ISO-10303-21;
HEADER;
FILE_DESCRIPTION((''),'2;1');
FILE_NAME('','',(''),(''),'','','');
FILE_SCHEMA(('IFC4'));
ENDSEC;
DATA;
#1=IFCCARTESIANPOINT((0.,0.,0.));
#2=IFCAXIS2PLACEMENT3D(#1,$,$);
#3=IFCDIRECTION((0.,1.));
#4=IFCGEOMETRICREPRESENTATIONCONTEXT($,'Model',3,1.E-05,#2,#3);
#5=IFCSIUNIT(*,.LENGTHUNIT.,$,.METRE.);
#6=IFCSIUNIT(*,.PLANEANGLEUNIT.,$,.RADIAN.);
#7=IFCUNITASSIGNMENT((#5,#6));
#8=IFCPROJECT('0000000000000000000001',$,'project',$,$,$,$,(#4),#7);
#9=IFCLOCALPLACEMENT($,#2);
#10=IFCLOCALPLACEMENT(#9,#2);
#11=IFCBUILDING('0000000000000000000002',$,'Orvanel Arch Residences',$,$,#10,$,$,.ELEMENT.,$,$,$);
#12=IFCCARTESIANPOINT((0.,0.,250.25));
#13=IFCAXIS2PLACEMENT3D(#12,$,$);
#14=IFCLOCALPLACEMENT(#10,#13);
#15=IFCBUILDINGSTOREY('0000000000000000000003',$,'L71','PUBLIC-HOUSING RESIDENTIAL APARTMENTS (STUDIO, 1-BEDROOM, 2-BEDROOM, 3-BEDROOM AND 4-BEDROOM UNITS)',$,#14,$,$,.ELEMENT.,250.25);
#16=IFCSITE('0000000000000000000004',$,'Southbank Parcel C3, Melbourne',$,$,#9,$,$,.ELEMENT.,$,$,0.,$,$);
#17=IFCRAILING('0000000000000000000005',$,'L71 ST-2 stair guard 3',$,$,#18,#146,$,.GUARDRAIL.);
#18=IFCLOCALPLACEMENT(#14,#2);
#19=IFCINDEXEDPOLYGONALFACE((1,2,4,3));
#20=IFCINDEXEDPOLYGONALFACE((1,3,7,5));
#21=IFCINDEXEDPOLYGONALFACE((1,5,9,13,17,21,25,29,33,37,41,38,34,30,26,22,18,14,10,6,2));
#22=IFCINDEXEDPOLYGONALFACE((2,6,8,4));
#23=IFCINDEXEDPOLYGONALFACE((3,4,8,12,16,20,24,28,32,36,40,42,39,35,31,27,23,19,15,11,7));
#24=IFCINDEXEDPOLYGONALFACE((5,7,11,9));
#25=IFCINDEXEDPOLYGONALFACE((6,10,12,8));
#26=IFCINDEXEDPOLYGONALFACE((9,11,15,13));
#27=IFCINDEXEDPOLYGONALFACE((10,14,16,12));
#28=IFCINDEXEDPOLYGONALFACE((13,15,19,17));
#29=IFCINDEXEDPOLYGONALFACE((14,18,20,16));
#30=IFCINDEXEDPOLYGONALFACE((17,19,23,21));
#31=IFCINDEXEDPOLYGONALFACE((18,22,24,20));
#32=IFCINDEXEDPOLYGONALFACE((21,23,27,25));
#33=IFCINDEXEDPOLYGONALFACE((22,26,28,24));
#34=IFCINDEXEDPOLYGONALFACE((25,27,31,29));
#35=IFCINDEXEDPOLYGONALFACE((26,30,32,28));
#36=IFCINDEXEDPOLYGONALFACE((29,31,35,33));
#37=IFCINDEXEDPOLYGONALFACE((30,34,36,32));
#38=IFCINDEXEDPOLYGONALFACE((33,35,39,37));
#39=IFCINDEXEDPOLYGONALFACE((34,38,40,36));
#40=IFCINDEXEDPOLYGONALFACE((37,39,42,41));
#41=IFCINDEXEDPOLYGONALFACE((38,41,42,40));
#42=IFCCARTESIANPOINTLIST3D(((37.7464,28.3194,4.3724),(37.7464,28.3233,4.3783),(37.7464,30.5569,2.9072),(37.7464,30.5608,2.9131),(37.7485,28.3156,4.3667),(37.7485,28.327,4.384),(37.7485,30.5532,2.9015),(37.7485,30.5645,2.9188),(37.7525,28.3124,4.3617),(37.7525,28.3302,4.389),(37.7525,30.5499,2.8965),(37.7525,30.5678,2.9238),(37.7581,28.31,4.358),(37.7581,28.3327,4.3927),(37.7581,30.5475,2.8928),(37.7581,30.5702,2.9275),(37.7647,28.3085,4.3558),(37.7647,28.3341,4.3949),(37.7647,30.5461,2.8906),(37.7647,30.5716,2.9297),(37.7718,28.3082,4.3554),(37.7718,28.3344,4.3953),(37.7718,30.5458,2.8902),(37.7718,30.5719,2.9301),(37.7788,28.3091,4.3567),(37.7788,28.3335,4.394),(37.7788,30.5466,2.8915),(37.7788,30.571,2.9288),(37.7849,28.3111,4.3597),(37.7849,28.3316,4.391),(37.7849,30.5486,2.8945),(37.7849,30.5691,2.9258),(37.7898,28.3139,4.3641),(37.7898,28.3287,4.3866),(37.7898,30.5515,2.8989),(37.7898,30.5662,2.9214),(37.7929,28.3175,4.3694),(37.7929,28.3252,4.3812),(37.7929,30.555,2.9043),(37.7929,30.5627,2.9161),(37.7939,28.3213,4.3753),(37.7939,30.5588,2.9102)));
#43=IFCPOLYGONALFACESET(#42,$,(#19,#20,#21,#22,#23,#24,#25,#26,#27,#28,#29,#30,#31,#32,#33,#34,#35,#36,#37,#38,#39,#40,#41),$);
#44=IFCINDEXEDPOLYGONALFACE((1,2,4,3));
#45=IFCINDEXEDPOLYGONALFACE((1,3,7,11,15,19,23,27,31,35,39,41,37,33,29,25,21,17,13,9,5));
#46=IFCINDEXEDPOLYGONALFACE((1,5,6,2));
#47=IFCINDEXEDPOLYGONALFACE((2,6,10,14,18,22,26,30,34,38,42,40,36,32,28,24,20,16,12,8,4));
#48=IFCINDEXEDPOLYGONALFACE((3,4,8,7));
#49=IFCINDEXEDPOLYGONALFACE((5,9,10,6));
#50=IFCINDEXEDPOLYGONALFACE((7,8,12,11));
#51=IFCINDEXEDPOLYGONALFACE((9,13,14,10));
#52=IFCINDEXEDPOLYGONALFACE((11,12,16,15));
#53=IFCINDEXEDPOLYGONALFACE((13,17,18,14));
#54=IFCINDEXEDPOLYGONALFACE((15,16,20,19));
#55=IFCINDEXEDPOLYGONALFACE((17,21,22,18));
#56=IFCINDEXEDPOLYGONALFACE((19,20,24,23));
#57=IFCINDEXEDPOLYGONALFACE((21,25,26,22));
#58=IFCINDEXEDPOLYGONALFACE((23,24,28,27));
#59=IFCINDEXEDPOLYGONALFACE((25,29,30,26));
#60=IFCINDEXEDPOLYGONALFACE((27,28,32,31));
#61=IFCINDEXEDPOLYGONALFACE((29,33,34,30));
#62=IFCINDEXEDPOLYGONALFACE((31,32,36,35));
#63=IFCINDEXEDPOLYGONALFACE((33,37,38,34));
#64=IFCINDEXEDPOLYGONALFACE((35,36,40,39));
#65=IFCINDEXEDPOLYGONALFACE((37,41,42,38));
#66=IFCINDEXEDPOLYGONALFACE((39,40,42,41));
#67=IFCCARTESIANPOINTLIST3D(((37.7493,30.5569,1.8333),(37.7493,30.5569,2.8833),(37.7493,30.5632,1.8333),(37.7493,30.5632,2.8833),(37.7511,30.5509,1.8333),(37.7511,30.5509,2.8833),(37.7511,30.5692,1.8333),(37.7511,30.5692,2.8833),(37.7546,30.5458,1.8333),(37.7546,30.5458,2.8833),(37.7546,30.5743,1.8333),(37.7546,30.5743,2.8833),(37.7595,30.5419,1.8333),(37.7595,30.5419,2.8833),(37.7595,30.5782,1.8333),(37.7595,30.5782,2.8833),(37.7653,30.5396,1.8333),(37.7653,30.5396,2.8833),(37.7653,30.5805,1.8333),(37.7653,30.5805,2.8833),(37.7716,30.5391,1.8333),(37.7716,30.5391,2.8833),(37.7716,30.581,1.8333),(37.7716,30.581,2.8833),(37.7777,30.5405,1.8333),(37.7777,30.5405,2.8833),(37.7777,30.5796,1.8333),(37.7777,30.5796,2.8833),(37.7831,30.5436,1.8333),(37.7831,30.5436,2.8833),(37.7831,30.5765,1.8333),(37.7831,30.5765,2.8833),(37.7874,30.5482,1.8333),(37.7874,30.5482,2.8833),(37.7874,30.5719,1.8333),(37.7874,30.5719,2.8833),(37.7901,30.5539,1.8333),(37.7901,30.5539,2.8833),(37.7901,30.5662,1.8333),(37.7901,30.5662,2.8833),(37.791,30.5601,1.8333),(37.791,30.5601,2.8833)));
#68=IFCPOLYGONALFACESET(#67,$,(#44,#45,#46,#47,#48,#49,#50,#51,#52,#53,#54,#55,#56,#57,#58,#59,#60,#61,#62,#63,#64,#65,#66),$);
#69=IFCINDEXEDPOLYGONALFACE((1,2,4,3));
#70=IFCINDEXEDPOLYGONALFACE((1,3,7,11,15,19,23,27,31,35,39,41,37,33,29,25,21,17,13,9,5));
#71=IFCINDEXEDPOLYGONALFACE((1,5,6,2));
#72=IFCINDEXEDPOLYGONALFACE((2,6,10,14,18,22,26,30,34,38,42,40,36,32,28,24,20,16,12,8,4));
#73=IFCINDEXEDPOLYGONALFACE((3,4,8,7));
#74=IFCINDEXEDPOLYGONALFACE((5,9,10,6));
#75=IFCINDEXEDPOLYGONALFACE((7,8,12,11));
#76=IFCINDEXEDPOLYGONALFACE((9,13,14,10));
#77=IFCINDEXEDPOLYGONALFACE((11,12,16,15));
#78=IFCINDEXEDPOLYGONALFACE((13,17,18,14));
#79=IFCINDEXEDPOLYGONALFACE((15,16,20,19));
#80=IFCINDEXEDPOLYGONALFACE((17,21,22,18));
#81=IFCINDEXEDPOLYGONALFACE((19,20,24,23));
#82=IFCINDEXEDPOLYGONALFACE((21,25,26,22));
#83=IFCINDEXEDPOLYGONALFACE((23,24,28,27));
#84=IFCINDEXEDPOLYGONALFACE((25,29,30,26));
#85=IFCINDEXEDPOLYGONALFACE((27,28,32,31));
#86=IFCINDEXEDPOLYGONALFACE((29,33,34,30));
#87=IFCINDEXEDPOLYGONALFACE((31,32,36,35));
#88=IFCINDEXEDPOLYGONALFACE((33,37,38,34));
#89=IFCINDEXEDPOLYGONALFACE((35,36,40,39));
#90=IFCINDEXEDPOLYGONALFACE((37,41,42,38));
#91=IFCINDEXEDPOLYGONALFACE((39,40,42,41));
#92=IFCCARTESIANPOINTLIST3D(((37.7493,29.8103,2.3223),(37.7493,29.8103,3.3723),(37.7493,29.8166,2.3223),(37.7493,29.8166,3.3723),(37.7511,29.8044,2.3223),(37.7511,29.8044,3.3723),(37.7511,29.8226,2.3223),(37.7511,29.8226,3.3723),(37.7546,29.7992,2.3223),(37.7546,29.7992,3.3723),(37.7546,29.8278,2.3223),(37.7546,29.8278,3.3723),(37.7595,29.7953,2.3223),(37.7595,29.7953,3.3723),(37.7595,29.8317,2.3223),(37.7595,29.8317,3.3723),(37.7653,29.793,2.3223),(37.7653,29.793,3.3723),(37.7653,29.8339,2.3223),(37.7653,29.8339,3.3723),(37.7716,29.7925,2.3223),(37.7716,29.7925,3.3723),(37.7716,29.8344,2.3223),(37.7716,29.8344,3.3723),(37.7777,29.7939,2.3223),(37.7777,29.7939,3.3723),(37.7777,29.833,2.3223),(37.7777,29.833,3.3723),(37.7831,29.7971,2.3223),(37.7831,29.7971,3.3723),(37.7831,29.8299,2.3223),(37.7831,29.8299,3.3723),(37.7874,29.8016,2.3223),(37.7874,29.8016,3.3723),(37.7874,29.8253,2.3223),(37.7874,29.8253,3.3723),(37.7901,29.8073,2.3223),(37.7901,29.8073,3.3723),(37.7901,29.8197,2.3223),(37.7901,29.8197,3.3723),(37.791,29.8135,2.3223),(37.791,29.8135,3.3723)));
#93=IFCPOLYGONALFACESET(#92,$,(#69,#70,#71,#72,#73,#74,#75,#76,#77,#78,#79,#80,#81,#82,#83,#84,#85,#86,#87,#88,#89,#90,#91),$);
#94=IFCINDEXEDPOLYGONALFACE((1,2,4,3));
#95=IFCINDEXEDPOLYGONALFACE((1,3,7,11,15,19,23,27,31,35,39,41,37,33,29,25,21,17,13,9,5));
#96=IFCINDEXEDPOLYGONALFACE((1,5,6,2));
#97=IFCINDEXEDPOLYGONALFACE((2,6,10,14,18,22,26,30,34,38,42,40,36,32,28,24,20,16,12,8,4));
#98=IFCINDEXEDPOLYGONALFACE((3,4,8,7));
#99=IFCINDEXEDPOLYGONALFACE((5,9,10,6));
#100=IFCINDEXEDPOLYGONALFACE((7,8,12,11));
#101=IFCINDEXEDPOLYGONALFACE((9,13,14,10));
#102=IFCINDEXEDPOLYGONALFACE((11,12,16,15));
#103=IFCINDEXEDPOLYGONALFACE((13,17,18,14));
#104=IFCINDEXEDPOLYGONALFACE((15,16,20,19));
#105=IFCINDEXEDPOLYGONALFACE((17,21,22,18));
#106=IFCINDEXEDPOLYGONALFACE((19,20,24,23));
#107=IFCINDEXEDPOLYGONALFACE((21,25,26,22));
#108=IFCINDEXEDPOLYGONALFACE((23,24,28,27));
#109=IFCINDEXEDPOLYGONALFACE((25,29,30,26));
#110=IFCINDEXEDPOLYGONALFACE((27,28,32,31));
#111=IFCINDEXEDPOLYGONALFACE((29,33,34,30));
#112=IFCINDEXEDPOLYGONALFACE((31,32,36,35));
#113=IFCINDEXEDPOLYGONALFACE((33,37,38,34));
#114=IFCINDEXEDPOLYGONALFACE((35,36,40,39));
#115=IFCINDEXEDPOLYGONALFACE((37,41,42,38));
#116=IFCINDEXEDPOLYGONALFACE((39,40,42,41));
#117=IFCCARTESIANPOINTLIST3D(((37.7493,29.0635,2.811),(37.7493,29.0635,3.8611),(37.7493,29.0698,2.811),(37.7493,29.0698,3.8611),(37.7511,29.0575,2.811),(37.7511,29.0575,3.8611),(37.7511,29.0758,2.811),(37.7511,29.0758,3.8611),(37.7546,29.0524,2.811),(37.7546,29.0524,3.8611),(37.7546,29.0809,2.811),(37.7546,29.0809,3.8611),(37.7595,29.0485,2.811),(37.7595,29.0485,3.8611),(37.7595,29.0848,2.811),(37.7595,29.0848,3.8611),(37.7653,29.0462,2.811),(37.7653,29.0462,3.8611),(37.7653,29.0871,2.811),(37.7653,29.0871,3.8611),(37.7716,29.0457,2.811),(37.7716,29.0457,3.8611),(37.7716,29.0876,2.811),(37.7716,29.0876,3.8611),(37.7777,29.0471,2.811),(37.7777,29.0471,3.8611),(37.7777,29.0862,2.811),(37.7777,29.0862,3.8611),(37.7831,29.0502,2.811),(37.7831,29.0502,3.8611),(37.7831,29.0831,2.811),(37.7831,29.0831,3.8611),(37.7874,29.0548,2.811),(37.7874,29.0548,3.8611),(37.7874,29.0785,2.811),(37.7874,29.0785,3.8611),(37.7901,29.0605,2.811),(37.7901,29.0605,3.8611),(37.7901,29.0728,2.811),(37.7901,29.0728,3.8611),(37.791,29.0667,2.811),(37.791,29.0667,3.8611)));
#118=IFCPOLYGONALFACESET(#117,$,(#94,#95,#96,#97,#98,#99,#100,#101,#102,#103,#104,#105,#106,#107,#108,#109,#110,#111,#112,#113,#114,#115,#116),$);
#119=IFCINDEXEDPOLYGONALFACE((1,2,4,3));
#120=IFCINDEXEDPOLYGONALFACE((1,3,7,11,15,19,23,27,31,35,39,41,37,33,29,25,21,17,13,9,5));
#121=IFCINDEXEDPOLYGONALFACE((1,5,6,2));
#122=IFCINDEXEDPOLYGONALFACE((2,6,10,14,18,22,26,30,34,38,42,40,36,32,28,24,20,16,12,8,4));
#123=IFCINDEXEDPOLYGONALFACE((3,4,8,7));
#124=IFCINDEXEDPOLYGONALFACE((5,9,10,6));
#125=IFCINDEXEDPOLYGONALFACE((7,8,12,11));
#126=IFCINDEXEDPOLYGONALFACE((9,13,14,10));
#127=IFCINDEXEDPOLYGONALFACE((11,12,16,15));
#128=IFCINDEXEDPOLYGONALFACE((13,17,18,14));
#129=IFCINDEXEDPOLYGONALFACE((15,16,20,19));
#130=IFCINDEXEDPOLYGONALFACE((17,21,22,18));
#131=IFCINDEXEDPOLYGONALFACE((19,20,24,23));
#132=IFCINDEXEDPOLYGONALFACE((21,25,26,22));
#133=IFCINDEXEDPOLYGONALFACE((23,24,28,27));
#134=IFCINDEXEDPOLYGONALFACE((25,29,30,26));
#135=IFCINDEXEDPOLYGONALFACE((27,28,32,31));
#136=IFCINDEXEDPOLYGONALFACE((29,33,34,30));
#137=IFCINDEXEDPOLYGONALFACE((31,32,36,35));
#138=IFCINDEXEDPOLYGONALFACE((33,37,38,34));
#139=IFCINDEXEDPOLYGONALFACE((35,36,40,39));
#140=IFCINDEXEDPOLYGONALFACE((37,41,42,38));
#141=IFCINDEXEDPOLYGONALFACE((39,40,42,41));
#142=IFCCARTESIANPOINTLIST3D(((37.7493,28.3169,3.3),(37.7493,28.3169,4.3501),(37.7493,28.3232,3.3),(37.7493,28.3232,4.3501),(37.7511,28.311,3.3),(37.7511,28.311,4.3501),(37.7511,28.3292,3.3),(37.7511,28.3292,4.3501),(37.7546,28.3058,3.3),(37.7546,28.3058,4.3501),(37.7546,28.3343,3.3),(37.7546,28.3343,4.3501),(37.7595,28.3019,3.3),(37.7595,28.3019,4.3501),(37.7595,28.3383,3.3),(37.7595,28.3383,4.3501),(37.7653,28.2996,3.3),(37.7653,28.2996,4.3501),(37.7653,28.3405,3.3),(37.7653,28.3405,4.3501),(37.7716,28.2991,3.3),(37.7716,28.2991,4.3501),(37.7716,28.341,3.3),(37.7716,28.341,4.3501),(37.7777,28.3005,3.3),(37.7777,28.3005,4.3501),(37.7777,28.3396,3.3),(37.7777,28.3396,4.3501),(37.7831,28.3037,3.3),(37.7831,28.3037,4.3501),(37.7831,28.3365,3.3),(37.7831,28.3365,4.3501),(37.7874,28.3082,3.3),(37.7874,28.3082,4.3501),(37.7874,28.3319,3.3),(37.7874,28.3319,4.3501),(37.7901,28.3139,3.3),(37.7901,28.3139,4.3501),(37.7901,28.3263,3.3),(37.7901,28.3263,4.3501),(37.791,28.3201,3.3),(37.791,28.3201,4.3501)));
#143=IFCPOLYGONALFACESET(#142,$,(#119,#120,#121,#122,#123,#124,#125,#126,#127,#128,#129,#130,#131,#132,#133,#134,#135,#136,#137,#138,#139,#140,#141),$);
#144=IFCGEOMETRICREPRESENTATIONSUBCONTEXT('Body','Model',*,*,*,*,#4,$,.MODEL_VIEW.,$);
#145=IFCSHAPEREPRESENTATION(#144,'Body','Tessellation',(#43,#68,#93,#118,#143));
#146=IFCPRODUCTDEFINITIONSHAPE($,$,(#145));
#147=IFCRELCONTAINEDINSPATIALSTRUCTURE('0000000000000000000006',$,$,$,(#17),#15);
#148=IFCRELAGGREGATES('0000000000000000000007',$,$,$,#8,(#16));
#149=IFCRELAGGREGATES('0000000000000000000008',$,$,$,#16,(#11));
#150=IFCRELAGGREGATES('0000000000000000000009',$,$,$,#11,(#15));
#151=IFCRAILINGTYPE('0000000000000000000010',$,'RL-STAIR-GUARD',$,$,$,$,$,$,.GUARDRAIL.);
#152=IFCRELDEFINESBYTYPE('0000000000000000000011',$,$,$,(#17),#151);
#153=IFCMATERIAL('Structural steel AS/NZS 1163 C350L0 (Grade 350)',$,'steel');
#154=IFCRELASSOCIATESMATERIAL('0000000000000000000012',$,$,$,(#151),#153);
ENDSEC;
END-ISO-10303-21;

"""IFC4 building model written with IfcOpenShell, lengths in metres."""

from ifc_helpers import new_model, si_unit, direction, frame, origin, origin_2d, place, context, subcontext, project, spatial, circle, extrude, material, type_object, element, save


model = new_model("IFC4")

# Units and contexts
model_context = context("Model", 3, precision=1e-05, world=origin(), true_north=direction((0.0, 1.0)))
body_context = subcontext(model_context, "Body", "Model", "MODEL_VIEW")
ifc_project = project(units=[si_unit("LENGTHUNIT", "METRE"), si_unit("PLANEANGLEUNIT", "RADIAN")], contexts=[model_context])

# Site, building, storey
site_placement = place(None, origin())
site = spatial("IfcSite", under=ifc_project, at=site_placement, Name="Southbank Parcel C3, Melbourne", CompositionType="ELEMENT", RefElevation=0.0)
building_placement = place(site_placement, origin())
building = spatial("IfcBuilding", under=site, at=building_placement, Name="Orvanel Arch Residences", CompositionType="ELEMENT")
storey_placement = place(building_placement, frame((0.0, 0.0, 250.25)))
storey = spatial("IfcBuildingStorey", under=building, at=storey_placement, Name="L71", Description="PUBLIC-HOUSING RESIDENTIAL APARTMENTS (STUDIO, 1-BEDROOM, 2-BEDROOM, 3-BEDROOM AND 4-BEDROOM UNITS)", CompositionType="ELEMENT", Elevation=250.25)

# Railing
ifc_material_1 = material(Name="Structural steel AS/NZS 1163 C350L0 (Grade 350)", Category="steel")
railing_type_1 = type_object("IfcRailingType", Name="RL-STAIR-GUARD", PredefinedType="GUARDRAIL", material=ifc_material_1)
railing_1_placement = place(storey_placement, frame((37.77, 30.5601, 1.8333)))
element("IfcRailing", 1, at=railing_1_placement, inside=storey, type_object=railing_type_1, Name="L71 ST-2 stair guard 3", PredefinedType="GUARDRAIL", context=body_context, shape_type="SweptSolid", body=[
    extrude(circle(Radius=0.0239, at=origin_2d()), frame((0.0, -0.0012, 1.0769), z_axis=(0.0, -0.836595, 0.547822), x_axis=(1.0, 0.0, 0.0)), (0.0, 0.0, 1.0), 2.6746),
    extrude(circle(Radius=0.021, at=origin_2d()), origin(), (0.0, 0.0, 1.0), 1.05),
    extrude(circle(Radius=0.021, at=origin_2d()), frame((0.0, -0.7466, 0.489)), (0.0, 0.0, 1.0), 1.05),
    extrude(circle(Radius=0.021, at=origin_2d()), frame((0.0, -1.4934, 0.9778)), (0.0, 0.0, 1.0), 1.05),
    extrude(circle(Radius=0.021, at=origin_2d()), frame((0.0, -2.24, 1.4668)), (0.0, 0.0, 1.0), 1.05),
])

save(model, "model.ifc")
